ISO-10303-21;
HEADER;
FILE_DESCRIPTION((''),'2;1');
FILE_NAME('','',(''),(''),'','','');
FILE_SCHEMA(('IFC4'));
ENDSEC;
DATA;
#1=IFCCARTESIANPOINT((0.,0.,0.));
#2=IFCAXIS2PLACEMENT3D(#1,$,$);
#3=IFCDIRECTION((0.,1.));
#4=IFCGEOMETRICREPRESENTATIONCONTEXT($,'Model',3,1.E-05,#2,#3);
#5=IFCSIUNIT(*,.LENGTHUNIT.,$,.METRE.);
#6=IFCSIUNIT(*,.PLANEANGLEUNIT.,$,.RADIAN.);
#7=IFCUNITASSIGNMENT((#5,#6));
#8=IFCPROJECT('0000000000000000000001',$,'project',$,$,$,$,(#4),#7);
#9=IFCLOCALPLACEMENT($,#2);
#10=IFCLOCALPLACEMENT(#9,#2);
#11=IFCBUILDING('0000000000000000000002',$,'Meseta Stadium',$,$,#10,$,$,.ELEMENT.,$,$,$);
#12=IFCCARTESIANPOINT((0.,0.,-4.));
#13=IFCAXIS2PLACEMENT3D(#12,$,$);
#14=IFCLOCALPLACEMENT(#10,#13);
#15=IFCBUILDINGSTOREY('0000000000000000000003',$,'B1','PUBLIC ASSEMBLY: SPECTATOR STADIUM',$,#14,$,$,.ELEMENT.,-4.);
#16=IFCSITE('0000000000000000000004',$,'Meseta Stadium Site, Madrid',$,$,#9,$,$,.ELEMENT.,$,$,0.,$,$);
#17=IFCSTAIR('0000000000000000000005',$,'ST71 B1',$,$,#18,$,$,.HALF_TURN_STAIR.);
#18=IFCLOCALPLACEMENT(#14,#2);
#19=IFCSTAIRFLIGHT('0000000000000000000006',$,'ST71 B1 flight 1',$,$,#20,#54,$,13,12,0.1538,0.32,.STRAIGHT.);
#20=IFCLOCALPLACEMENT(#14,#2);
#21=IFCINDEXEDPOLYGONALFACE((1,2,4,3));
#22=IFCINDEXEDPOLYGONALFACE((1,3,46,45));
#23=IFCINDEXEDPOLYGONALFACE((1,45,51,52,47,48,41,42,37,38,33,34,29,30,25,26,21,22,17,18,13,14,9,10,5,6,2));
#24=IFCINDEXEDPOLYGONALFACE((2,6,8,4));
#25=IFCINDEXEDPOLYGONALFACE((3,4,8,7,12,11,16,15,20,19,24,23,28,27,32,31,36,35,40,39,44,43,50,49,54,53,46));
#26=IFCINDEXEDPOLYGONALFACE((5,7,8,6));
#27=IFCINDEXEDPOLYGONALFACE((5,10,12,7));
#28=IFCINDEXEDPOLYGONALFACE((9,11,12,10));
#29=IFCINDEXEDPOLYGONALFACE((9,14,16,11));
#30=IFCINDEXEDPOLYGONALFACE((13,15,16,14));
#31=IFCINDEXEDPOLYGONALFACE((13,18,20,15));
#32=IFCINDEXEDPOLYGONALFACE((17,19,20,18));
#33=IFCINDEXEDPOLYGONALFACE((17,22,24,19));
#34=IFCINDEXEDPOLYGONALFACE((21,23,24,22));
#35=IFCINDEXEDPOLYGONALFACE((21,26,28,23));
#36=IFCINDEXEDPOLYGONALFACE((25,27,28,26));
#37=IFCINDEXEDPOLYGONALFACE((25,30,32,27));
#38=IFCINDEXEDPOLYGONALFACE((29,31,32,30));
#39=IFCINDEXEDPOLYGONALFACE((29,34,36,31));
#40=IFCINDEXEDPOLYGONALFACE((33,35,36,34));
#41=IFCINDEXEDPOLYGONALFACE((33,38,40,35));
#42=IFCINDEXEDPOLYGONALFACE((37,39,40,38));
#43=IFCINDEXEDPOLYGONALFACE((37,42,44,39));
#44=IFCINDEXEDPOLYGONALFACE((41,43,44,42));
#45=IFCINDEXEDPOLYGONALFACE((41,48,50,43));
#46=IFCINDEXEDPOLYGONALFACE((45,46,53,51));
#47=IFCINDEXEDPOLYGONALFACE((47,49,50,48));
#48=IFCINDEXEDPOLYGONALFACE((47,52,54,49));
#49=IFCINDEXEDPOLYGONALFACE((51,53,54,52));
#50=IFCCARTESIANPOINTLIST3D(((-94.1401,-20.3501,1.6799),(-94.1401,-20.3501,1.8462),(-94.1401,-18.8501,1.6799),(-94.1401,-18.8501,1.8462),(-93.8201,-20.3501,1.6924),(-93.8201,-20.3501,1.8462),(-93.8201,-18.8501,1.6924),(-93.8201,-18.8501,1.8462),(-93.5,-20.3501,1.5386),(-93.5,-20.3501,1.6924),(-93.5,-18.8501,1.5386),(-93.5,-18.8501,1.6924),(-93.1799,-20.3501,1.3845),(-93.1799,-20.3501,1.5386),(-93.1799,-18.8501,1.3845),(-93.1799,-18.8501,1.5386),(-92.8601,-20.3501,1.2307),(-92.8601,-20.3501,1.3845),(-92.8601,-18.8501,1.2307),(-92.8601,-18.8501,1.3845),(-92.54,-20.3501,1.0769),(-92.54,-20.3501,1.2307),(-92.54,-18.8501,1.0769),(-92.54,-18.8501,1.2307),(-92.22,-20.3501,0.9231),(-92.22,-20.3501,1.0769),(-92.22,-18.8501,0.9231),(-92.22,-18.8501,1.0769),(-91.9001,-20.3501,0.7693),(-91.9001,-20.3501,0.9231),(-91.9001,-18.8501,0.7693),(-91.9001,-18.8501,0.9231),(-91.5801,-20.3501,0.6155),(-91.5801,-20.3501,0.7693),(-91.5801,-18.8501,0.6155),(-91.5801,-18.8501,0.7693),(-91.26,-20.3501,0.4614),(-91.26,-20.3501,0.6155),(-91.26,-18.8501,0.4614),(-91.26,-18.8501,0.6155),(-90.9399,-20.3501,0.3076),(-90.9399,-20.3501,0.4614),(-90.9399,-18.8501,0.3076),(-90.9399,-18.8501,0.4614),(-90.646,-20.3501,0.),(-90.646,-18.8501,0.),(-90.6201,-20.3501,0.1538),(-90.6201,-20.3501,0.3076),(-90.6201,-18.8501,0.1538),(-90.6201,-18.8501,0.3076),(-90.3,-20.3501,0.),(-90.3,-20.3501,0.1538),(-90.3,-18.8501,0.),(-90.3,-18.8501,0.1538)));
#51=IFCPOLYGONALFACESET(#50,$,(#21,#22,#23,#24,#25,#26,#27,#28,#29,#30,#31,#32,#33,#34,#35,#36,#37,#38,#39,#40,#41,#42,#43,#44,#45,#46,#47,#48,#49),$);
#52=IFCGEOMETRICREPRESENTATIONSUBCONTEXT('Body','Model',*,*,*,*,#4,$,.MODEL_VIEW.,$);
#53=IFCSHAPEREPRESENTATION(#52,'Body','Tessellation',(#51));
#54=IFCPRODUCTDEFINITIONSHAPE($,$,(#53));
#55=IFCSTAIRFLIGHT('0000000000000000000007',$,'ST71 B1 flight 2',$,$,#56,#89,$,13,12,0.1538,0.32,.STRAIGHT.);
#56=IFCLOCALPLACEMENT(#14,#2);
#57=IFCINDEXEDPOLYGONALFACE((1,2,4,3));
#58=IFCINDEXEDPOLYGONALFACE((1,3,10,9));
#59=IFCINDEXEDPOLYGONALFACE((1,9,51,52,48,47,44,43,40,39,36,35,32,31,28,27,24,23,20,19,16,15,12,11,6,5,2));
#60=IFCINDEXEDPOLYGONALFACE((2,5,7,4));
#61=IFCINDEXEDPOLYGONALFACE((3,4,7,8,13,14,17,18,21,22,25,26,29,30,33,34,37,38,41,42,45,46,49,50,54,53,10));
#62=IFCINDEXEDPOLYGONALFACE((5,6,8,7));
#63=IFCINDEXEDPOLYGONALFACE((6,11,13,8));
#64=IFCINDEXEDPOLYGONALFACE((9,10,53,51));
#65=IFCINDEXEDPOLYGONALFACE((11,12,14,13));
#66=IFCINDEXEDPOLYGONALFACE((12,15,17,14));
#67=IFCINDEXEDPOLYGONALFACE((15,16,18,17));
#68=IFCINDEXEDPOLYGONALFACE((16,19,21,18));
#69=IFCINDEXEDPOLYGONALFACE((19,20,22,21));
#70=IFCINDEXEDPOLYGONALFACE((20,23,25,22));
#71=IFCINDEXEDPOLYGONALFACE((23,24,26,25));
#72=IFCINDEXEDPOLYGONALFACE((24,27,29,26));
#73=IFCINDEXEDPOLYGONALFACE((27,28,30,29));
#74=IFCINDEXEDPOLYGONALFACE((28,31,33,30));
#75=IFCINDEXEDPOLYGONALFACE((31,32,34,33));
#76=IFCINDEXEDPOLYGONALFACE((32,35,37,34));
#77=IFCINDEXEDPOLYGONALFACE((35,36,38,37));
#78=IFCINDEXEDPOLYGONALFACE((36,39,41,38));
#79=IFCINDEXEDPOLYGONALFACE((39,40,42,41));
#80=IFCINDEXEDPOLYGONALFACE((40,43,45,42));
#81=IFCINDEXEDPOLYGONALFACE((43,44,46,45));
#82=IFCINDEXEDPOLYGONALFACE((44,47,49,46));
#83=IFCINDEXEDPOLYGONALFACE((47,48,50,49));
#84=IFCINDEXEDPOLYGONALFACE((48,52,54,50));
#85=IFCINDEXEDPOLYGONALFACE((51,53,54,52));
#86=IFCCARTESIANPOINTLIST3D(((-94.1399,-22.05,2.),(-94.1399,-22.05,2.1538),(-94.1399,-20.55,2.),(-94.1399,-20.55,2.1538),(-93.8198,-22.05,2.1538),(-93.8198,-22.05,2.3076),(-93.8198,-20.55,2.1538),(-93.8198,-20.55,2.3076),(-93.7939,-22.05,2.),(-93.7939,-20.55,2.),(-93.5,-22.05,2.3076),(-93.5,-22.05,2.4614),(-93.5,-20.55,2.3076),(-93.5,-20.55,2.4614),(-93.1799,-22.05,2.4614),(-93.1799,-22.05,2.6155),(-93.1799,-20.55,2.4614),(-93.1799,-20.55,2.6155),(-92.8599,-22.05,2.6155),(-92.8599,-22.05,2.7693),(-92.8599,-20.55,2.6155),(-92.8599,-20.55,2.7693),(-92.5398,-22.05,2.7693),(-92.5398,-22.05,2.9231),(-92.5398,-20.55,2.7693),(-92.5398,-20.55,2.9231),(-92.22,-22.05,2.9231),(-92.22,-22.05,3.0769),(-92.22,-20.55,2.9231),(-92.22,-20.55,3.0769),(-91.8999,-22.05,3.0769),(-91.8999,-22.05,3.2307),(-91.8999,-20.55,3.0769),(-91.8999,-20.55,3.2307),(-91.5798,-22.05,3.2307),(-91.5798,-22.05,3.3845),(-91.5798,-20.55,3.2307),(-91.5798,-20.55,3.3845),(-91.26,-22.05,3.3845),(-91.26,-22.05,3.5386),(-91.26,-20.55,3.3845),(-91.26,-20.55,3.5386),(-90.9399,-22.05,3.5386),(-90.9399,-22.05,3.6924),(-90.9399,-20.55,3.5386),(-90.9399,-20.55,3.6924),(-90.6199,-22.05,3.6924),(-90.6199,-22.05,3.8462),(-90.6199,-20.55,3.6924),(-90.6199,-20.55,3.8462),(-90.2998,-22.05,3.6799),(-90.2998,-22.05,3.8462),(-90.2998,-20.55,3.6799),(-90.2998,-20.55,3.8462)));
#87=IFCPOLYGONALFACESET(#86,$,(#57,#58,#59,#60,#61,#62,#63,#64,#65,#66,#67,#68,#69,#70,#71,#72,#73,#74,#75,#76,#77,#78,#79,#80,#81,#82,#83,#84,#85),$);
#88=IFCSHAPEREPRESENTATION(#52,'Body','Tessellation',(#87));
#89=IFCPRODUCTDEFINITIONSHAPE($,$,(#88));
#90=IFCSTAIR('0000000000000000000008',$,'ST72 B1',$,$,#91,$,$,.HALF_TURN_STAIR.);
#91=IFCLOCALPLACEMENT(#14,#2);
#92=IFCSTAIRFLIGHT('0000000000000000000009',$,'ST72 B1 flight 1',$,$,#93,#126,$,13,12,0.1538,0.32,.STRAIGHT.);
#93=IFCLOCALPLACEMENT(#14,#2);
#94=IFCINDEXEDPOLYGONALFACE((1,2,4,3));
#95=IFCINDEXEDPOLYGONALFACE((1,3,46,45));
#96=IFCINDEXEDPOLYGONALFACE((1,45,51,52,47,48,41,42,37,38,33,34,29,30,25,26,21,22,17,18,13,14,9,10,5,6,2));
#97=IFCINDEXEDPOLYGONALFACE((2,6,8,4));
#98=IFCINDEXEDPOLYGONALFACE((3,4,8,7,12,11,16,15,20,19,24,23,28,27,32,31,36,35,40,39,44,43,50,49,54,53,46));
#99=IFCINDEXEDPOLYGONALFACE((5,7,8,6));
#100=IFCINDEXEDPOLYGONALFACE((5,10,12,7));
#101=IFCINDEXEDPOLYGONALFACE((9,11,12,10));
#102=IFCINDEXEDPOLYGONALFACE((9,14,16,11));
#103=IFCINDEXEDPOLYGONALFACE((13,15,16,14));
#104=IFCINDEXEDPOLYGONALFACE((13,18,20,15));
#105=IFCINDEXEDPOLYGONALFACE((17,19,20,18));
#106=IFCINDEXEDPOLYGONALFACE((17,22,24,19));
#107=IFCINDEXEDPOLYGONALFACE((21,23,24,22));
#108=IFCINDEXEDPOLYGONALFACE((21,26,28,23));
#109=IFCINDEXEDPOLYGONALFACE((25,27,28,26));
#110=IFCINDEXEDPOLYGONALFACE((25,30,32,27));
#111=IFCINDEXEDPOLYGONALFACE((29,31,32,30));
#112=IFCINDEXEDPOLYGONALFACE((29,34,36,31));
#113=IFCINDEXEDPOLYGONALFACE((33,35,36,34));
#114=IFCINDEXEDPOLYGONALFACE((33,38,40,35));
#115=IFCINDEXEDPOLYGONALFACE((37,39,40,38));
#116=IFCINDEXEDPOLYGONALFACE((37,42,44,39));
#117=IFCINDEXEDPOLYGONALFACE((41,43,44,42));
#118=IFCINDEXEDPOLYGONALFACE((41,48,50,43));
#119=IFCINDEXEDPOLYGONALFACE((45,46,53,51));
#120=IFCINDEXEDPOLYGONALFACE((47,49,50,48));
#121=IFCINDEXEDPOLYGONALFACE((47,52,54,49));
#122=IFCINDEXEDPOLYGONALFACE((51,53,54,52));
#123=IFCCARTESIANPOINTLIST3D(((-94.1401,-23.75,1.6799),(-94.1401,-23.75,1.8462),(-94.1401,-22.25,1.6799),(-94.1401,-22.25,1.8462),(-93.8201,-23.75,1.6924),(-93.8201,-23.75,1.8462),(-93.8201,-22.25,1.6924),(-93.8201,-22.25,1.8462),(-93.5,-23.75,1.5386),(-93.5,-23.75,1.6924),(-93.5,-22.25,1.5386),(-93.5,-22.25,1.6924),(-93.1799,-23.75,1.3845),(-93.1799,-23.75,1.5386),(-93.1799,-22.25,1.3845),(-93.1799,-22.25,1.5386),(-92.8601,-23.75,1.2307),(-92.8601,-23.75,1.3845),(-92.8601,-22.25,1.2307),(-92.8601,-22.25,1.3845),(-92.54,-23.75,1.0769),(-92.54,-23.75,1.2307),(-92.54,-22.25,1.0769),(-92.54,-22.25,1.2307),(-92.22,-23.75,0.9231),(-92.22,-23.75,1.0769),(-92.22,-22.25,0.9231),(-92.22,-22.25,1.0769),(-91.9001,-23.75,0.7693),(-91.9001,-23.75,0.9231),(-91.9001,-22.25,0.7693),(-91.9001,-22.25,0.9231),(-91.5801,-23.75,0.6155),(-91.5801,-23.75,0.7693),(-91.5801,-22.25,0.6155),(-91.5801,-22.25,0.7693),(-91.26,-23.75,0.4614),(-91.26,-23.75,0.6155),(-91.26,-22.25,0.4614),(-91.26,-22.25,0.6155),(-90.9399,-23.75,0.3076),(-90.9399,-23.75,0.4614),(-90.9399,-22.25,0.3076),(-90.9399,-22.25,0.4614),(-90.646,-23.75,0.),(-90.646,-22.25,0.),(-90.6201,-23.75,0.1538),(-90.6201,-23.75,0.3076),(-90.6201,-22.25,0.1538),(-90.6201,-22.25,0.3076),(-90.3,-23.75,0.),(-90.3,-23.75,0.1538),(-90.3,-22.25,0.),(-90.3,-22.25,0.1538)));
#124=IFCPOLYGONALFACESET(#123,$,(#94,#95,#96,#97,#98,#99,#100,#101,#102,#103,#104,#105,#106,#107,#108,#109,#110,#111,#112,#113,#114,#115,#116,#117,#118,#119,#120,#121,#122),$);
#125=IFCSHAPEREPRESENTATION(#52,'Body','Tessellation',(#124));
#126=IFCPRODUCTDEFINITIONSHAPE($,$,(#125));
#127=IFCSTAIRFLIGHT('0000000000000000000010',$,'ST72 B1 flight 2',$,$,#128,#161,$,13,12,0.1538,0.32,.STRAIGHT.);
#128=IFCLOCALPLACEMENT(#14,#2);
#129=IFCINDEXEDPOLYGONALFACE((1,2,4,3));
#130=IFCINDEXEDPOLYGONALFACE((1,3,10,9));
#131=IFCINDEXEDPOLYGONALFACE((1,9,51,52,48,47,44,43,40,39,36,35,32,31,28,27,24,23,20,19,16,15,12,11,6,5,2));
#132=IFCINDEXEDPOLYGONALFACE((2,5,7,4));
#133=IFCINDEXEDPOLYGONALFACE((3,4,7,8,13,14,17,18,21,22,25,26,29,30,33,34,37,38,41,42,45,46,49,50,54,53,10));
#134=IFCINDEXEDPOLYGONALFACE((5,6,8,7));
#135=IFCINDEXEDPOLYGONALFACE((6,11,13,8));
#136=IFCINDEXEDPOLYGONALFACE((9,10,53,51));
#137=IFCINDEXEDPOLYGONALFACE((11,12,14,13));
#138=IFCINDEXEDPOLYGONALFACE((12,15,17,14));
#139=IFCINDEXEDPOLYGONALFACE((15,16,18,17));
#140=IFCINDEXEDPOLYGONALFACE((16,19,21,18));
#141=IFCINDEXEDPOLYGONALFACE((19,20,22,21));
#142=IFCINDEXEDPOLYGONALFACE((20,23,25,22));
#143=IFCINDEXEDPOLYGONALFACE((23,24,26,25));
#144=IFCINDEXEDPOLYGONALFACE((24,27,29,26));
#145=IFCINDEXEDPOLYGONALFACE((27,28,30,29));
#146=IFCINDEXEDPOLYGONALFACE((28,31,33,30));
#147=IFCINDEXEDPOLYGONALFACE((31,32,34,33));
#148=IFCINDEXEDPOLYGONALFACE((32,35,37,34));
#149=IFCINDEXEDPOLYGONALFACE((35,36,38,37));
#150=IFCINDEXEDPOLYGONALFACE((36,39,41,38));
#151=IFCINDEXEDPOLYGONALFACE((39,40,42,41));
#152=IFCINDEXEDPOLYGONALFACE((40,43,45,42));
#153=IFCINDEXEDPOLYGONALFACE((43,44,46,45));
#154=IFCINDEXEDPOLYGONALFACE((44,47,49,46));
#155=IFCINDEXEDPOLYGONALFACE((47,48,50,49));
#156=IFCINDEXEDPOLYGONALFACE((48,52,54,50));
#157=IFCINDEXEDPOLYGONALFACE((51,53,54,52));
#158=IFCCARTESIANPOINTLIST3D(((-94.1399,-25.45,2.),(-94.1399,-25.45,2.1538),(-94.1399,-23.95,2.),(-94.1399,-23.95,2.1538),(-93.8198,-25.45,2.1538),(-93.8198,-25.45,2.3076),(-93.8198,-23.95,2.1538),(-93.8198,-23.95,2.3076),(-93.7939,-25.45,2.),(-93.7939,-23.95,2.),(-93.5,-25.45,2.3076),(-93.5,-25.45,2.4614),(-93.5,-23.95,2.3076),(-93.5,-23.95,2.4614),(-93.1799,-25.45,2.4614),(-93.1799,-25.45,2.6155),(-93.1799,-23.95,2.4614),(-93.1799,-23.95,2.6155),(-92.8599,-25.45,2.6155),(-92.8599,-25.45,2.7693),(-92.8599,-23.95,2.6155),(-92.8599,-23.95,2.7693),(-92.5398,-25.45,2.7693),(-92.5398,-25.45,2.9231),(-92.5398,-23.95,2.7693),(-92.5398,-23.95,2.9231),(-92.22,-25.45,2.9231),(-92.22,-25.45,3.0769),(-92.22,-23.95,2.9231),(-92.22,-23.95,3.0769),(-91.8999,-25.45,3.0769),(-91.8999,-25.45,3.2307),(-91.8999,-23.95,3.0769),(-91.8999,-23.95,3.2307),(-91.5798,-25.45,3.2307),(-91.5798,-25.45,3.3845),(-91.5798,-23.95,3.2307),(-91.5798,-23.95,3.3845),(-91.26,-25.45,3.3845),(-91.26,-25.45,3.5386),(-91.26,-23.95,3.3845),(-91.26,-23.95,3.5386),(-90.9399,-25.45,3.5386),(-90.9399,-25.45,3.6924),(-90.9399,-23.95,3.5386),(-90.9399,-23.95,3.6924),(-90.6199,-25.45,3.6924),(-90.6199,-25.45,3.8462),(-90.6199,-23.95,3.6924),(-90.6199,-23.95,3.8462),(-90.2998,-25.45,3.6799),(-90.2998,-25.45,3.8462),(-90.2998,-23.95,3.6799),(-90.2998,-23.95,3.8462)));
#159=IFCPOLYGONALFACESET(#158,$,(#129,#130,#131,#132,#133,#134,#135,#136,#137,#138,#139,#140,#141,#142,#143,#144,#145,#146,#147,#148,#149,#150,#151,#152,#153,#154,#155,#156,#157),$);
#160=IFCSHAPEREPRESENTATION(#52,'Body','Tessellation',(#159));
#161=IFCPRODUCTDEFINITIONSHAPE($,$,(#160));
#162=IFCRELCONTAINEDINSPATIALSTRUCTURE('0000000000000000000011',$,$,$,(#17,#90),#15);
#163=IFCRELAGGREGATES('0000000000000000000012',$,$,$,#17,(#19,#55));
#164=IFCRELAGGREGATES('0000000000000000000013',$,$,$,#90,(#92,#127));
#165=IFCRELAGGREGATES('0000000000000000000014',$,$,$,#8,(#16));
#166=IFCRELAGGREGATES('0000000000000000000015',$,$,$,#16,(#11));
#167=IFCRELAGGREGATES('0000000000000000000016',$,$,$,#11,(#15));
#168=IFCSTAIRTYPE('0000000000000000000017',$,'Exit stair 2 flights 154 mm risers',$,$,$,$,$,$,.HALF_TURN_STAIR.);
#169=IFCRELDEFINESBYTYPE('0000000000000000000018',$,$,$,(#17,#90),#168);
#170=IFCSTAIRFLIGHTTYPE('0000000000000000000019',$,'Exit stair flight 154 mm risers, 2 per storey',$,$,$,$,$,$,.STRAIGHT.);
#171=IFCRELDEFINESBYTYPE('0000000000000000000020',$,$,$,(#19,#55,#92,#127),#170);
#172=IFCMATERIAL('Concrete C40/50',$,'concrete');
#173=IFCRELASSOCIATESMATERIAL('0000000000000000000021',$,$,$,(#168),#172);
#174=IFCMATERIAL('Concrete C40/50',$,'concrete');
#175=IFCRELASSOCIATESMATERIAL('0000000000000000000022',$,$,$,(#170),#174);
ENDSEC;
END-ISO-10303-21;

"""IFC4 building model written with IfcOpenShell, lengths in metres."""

from ifc_helpers import new_model, si_unit, direction, frame, origin, place, context, subcontext, project, spatial, polyline, outline, extrude, material, type_object, element, aggregate, save


model = new_model("IFC4")

# Units and contexts
model_context = context("Model", 3, precision=1e-05, world=origin(), true_north=direction((0.0, 1.0)))
body_context = subcontext(model_context, "Body", "Model", "MODEL_VIEW")
ifc_project = project(units=[si_unit("LENGTHUNIT", "METRE"), si_unit("PLANEANGLEUNIT", "RADIAN")], contexts=[model_context])

# Site, building, storey
site_placement = place(None, origin())
site = spatial("IfcSite", under=ifc_project, at=site_placement, Name="Meseta Stadium Site, Madrid", CompositionType="ELEMENT", RefElevation=0.0)
building_placement = place(site_placement, origin())
building = spatial("IfcBuilding", under=site, at=building_placement, Name="Meseta Stadium", CompositionType="ELEMENT")
storey_placement = place(building_placement, frame((0.0, 0.0, -4.0)))
storey = spatial("IfcBuildingStorey", under=building, at=storey_placement, Name="B1", Description="PUBLIC ASSEMBLY: SPECTATOR STADIUM", CompositionType="ELEMENT", Elevation=-4.0)

# Shared definitions
ifc_material_1 = material(Name="Concrete C40/50", Category="concrete")
stair_type = type_object("IfcStairType", Name="Exit stair 2 flights 154 mm risers", PredefinedType="HALF_TURN_STAIR", material=ifc_material_1)
ifc_material_2 = material(Name="Concrete C40/50", Category="concrete")
stair_flight_type = type_object("IfcStairFlightType", Name="Exit stair flight 154 mm risers, 2 per storey", PredefinedType="STRAIGHT", material=ifc_material_2)

# Stairs, stair flights
stair_1_placement = place(storey_placement, origin())
stair_1 = element("IfcStair", 1, at=stair_1_placement, inside=storey, type_object=stair_type, Name="ST71 B1", PredefinedType="HALF_TURN_STAIR")
stair_flight_1_placement = place(storey_placement, frame((-90.3, -19.6001, 0.0), z_axis=(0.0, 0.0, 1.0), x_axis=(-1.0, 0.0, 0.0)))
stair_flight_1 = element("IfcStairFlight", 2, at=stair_flight_1_placement, type_object=stair_flight_type, Name="ST71 B1 flight 1", NumberOfRisers=13, NumberOfTreads=12, PredefinedType="STRAIGHT", RiserHeight=0.1538, TreadLength=0.32, context=body_context, shape_type="SweptSolid", body=[
    extrude(outline(polyline([(0.0, 0.0), (0.0, 0.1538), (0.3201, 0.1538), (0.3201, 0.3076), (0.6399, 0.3076), (0.6399, 0.4614), (0.96, 0.4614), (0.96, 0.6155), (1.28, 0.6155), (1.28, 0.7693), (1.6001, 0.7693), (1.6001, 0.9231), (1.9199, 0.9231), (1.9199, 1.0769), (2.24, 1.0769), (2.24, 1.2307), (2.5601, 1.2307), (2.5601, 1.3845), (2.8799, 1.3845), (2.8799, 1.5386), (3.2, 1.5386), (3.2, 1.6924), (3.52, 1.6924), (3.52, 1.8462), (3.8401, 1.8462), (3.8401, 1.6799), (0.3459, 0.0), (0.0, 0.0)])), frame((0.0, 0.75, 0.0), z_axis=(0.0, -1.0, 0.0), x_axis=(1.0, 0.0, 0.0)), (0.0, 0.0, 1.0), 1.5),
])
stair_flight_2_placement = place(storey_placement, frame((-94.1399, -21.3, 2.0), z_axis=(0.0, 0.0, 1.0), x_axis=(1.0, 0.0, 0.0)))
stair_flight_2 = element("IfcStairFlight", 3, at=stair_flight_2_placement, type_object=stair_flight_type, Name="ST71 B1 flight 2", NumberOfRisers=13, NumberOfTreads=12, PredefinedType="STRAIGHT", RiserHeight=0.1538, TreadLength=0.32, context=body_context, shape_type="SweptSolid", body=[
    extrude(outline(polyline([(0.0, 0.0), (0.0, 0.1538), (0.3201, 0.1538), (0.3201, 0.3076), (0.6399, 0.3076), (0.6399, 0.4614), (0.96, 0.4614), (0.96, 0.6155), (1.28, 0.6155), (1.28, 0.7693), (1.6001, 0.7693), (1.6001, 0.9231), (1.9199, 0.9231), (1.9199, 1.0769), (2.24, 1.0769), (2.24, 1.2307), (2.5601, 1.2307), (2.5601, 1.3845), (2.8799, 1.3845), (2.8799, 1.5386), (3.2, 1.5386), (3.2, 1.6924), (3.52, 1.6924), (3.52, 1.8462), (3.8401, 1.8462), (3.8401, 1.6799), (0.3459, 0.0), (0.0, 0.0)])), frame((0.0, 0.75, 0.0), z_axis=(0.0, -1.0, 0.0), x_axis=(1.0, 0.0, 0.0)), (0.0, 0.0, 1.0), 1.5),
])
aggregate(stair_1, [stair_flight_1, stair_flight_2])
stair_2_placement = place(storey_placement, origin())
stair_2 = element("IfcStair", 4, at=stair_2_placement, inside=storey, type_object=stair_type, Name="ST72 B1", PredefinedType="HALF_TURN_STAIR")
stair_flight_3_placement = place(storey_placement, frame((-90.3, -23.0, 0.0), z_axis=(0.0, 0.0, 1.0), x_axis=(-1.0, 0.0, 0.0)))
stair_flight_3 = element("IfcStairFlight", 5, at=stair_flight_3_placement, type_object=stair_flight_type, Name="ST72 B1 flight 1", NumberOfRisers=13, NumberOfTreads=12, PredefinedType="STRAIGHT", RiserHeight=0.1538, TreadLength=0.32, context=body_context, shape_type="SweptSolid", body=[
    extrude(outline(polyline([(0.0, 0.0), (0.0, 0.1538), (0.3201, 0.1538), (0.3201, 0.3076), (0.6399, 0.3076), (0.6399, 0.4614), (0.96, 0.4614), (0.96, 0.6155), (1.28, 0.6155), (1.28, 0.7693), (1.6001, 0.7693), (1.6001, 0.9231), (1.9199, 0.9231), (1.9199, 1.0769), (2.24, 1.0769), (2.24, 1.2307), (2.5601, 1.2307), (2.5601, 1.3845), (2.8799, 1.3845), (2.8799, 1.5386), (3.2, 1.5386), (3.2, 1.6924), (3.52, 1.6924), (3.52, 1.8462), (3.8401, 1.8462), (3.8401, 1.6799), (0.3459, 0.0), (0.0, 0.0)])), frame((0.0, 0.75, 0.0), z_axis=(0.0, -1.0, 0.0), x_axis=(1.0, 0.0, 0.0)), (0.0, 0.0, 1.0), 1.5),
])
stair_flight_4_placement = place(storey_placement, frame((-94.1399, -24.7, 2.0), z_axis=(0.0, 0.0, 1.0), x_axis=(1.0, 0.0, 0.0)))
stair_flight_4 = element("IfcStairFlight", 6, at=stair_flight_4_placement, type_object=stair_flight_type, Name="ST72 B1 flight 2", NumberOfRisers=13, NumberOfTreads=12, PredefinedType="STRAIGHT", RiserHeight=0.1538, TreadLength=0.32, context=body_context, shape_type="SweptSolid", body=[
    extrude(outline(polyline([(0.0, 0.0), (0.0, 0.1538), (0.3201, 0.1538), (0.3201, 0.3076), (0.6399, 0.3076), (0.6399, 0.4614), (0.96, 0.4614), (0.96, 0.6155), (1.28, 0.6155), (1.28, 0.7693), (1.6001, 0.7693), (1.6001, 0.9231), (1.9199, 0.9231), (1.9199, 1.0769), (2.24, 1.0769), (2.24, 1.2307), (2.5601, 1.2307), (2.5601, 1.3845), (2.8799, 1.3845), (2.8799, 1.5386), (3.2, 1.5386), (3.2, 1.6924), (3.52, 1.6924), (3.52, 1.8462), (3.8401, 1.8462), (3.8401, 1.6799), (0.3459, 0.0), (0.0, 0.0)])), frame((0.0, 0.75, 0.0), z_axis=(0.0, -1.0, 0.0), x_axis=(1.0, 0.0, 0.0)), (0.0, 0.0, 1.0), 1.5),
])
aggregate(stair_2, [stair_flight_3, stair_flight_4])

save(model, "model.ifc")
